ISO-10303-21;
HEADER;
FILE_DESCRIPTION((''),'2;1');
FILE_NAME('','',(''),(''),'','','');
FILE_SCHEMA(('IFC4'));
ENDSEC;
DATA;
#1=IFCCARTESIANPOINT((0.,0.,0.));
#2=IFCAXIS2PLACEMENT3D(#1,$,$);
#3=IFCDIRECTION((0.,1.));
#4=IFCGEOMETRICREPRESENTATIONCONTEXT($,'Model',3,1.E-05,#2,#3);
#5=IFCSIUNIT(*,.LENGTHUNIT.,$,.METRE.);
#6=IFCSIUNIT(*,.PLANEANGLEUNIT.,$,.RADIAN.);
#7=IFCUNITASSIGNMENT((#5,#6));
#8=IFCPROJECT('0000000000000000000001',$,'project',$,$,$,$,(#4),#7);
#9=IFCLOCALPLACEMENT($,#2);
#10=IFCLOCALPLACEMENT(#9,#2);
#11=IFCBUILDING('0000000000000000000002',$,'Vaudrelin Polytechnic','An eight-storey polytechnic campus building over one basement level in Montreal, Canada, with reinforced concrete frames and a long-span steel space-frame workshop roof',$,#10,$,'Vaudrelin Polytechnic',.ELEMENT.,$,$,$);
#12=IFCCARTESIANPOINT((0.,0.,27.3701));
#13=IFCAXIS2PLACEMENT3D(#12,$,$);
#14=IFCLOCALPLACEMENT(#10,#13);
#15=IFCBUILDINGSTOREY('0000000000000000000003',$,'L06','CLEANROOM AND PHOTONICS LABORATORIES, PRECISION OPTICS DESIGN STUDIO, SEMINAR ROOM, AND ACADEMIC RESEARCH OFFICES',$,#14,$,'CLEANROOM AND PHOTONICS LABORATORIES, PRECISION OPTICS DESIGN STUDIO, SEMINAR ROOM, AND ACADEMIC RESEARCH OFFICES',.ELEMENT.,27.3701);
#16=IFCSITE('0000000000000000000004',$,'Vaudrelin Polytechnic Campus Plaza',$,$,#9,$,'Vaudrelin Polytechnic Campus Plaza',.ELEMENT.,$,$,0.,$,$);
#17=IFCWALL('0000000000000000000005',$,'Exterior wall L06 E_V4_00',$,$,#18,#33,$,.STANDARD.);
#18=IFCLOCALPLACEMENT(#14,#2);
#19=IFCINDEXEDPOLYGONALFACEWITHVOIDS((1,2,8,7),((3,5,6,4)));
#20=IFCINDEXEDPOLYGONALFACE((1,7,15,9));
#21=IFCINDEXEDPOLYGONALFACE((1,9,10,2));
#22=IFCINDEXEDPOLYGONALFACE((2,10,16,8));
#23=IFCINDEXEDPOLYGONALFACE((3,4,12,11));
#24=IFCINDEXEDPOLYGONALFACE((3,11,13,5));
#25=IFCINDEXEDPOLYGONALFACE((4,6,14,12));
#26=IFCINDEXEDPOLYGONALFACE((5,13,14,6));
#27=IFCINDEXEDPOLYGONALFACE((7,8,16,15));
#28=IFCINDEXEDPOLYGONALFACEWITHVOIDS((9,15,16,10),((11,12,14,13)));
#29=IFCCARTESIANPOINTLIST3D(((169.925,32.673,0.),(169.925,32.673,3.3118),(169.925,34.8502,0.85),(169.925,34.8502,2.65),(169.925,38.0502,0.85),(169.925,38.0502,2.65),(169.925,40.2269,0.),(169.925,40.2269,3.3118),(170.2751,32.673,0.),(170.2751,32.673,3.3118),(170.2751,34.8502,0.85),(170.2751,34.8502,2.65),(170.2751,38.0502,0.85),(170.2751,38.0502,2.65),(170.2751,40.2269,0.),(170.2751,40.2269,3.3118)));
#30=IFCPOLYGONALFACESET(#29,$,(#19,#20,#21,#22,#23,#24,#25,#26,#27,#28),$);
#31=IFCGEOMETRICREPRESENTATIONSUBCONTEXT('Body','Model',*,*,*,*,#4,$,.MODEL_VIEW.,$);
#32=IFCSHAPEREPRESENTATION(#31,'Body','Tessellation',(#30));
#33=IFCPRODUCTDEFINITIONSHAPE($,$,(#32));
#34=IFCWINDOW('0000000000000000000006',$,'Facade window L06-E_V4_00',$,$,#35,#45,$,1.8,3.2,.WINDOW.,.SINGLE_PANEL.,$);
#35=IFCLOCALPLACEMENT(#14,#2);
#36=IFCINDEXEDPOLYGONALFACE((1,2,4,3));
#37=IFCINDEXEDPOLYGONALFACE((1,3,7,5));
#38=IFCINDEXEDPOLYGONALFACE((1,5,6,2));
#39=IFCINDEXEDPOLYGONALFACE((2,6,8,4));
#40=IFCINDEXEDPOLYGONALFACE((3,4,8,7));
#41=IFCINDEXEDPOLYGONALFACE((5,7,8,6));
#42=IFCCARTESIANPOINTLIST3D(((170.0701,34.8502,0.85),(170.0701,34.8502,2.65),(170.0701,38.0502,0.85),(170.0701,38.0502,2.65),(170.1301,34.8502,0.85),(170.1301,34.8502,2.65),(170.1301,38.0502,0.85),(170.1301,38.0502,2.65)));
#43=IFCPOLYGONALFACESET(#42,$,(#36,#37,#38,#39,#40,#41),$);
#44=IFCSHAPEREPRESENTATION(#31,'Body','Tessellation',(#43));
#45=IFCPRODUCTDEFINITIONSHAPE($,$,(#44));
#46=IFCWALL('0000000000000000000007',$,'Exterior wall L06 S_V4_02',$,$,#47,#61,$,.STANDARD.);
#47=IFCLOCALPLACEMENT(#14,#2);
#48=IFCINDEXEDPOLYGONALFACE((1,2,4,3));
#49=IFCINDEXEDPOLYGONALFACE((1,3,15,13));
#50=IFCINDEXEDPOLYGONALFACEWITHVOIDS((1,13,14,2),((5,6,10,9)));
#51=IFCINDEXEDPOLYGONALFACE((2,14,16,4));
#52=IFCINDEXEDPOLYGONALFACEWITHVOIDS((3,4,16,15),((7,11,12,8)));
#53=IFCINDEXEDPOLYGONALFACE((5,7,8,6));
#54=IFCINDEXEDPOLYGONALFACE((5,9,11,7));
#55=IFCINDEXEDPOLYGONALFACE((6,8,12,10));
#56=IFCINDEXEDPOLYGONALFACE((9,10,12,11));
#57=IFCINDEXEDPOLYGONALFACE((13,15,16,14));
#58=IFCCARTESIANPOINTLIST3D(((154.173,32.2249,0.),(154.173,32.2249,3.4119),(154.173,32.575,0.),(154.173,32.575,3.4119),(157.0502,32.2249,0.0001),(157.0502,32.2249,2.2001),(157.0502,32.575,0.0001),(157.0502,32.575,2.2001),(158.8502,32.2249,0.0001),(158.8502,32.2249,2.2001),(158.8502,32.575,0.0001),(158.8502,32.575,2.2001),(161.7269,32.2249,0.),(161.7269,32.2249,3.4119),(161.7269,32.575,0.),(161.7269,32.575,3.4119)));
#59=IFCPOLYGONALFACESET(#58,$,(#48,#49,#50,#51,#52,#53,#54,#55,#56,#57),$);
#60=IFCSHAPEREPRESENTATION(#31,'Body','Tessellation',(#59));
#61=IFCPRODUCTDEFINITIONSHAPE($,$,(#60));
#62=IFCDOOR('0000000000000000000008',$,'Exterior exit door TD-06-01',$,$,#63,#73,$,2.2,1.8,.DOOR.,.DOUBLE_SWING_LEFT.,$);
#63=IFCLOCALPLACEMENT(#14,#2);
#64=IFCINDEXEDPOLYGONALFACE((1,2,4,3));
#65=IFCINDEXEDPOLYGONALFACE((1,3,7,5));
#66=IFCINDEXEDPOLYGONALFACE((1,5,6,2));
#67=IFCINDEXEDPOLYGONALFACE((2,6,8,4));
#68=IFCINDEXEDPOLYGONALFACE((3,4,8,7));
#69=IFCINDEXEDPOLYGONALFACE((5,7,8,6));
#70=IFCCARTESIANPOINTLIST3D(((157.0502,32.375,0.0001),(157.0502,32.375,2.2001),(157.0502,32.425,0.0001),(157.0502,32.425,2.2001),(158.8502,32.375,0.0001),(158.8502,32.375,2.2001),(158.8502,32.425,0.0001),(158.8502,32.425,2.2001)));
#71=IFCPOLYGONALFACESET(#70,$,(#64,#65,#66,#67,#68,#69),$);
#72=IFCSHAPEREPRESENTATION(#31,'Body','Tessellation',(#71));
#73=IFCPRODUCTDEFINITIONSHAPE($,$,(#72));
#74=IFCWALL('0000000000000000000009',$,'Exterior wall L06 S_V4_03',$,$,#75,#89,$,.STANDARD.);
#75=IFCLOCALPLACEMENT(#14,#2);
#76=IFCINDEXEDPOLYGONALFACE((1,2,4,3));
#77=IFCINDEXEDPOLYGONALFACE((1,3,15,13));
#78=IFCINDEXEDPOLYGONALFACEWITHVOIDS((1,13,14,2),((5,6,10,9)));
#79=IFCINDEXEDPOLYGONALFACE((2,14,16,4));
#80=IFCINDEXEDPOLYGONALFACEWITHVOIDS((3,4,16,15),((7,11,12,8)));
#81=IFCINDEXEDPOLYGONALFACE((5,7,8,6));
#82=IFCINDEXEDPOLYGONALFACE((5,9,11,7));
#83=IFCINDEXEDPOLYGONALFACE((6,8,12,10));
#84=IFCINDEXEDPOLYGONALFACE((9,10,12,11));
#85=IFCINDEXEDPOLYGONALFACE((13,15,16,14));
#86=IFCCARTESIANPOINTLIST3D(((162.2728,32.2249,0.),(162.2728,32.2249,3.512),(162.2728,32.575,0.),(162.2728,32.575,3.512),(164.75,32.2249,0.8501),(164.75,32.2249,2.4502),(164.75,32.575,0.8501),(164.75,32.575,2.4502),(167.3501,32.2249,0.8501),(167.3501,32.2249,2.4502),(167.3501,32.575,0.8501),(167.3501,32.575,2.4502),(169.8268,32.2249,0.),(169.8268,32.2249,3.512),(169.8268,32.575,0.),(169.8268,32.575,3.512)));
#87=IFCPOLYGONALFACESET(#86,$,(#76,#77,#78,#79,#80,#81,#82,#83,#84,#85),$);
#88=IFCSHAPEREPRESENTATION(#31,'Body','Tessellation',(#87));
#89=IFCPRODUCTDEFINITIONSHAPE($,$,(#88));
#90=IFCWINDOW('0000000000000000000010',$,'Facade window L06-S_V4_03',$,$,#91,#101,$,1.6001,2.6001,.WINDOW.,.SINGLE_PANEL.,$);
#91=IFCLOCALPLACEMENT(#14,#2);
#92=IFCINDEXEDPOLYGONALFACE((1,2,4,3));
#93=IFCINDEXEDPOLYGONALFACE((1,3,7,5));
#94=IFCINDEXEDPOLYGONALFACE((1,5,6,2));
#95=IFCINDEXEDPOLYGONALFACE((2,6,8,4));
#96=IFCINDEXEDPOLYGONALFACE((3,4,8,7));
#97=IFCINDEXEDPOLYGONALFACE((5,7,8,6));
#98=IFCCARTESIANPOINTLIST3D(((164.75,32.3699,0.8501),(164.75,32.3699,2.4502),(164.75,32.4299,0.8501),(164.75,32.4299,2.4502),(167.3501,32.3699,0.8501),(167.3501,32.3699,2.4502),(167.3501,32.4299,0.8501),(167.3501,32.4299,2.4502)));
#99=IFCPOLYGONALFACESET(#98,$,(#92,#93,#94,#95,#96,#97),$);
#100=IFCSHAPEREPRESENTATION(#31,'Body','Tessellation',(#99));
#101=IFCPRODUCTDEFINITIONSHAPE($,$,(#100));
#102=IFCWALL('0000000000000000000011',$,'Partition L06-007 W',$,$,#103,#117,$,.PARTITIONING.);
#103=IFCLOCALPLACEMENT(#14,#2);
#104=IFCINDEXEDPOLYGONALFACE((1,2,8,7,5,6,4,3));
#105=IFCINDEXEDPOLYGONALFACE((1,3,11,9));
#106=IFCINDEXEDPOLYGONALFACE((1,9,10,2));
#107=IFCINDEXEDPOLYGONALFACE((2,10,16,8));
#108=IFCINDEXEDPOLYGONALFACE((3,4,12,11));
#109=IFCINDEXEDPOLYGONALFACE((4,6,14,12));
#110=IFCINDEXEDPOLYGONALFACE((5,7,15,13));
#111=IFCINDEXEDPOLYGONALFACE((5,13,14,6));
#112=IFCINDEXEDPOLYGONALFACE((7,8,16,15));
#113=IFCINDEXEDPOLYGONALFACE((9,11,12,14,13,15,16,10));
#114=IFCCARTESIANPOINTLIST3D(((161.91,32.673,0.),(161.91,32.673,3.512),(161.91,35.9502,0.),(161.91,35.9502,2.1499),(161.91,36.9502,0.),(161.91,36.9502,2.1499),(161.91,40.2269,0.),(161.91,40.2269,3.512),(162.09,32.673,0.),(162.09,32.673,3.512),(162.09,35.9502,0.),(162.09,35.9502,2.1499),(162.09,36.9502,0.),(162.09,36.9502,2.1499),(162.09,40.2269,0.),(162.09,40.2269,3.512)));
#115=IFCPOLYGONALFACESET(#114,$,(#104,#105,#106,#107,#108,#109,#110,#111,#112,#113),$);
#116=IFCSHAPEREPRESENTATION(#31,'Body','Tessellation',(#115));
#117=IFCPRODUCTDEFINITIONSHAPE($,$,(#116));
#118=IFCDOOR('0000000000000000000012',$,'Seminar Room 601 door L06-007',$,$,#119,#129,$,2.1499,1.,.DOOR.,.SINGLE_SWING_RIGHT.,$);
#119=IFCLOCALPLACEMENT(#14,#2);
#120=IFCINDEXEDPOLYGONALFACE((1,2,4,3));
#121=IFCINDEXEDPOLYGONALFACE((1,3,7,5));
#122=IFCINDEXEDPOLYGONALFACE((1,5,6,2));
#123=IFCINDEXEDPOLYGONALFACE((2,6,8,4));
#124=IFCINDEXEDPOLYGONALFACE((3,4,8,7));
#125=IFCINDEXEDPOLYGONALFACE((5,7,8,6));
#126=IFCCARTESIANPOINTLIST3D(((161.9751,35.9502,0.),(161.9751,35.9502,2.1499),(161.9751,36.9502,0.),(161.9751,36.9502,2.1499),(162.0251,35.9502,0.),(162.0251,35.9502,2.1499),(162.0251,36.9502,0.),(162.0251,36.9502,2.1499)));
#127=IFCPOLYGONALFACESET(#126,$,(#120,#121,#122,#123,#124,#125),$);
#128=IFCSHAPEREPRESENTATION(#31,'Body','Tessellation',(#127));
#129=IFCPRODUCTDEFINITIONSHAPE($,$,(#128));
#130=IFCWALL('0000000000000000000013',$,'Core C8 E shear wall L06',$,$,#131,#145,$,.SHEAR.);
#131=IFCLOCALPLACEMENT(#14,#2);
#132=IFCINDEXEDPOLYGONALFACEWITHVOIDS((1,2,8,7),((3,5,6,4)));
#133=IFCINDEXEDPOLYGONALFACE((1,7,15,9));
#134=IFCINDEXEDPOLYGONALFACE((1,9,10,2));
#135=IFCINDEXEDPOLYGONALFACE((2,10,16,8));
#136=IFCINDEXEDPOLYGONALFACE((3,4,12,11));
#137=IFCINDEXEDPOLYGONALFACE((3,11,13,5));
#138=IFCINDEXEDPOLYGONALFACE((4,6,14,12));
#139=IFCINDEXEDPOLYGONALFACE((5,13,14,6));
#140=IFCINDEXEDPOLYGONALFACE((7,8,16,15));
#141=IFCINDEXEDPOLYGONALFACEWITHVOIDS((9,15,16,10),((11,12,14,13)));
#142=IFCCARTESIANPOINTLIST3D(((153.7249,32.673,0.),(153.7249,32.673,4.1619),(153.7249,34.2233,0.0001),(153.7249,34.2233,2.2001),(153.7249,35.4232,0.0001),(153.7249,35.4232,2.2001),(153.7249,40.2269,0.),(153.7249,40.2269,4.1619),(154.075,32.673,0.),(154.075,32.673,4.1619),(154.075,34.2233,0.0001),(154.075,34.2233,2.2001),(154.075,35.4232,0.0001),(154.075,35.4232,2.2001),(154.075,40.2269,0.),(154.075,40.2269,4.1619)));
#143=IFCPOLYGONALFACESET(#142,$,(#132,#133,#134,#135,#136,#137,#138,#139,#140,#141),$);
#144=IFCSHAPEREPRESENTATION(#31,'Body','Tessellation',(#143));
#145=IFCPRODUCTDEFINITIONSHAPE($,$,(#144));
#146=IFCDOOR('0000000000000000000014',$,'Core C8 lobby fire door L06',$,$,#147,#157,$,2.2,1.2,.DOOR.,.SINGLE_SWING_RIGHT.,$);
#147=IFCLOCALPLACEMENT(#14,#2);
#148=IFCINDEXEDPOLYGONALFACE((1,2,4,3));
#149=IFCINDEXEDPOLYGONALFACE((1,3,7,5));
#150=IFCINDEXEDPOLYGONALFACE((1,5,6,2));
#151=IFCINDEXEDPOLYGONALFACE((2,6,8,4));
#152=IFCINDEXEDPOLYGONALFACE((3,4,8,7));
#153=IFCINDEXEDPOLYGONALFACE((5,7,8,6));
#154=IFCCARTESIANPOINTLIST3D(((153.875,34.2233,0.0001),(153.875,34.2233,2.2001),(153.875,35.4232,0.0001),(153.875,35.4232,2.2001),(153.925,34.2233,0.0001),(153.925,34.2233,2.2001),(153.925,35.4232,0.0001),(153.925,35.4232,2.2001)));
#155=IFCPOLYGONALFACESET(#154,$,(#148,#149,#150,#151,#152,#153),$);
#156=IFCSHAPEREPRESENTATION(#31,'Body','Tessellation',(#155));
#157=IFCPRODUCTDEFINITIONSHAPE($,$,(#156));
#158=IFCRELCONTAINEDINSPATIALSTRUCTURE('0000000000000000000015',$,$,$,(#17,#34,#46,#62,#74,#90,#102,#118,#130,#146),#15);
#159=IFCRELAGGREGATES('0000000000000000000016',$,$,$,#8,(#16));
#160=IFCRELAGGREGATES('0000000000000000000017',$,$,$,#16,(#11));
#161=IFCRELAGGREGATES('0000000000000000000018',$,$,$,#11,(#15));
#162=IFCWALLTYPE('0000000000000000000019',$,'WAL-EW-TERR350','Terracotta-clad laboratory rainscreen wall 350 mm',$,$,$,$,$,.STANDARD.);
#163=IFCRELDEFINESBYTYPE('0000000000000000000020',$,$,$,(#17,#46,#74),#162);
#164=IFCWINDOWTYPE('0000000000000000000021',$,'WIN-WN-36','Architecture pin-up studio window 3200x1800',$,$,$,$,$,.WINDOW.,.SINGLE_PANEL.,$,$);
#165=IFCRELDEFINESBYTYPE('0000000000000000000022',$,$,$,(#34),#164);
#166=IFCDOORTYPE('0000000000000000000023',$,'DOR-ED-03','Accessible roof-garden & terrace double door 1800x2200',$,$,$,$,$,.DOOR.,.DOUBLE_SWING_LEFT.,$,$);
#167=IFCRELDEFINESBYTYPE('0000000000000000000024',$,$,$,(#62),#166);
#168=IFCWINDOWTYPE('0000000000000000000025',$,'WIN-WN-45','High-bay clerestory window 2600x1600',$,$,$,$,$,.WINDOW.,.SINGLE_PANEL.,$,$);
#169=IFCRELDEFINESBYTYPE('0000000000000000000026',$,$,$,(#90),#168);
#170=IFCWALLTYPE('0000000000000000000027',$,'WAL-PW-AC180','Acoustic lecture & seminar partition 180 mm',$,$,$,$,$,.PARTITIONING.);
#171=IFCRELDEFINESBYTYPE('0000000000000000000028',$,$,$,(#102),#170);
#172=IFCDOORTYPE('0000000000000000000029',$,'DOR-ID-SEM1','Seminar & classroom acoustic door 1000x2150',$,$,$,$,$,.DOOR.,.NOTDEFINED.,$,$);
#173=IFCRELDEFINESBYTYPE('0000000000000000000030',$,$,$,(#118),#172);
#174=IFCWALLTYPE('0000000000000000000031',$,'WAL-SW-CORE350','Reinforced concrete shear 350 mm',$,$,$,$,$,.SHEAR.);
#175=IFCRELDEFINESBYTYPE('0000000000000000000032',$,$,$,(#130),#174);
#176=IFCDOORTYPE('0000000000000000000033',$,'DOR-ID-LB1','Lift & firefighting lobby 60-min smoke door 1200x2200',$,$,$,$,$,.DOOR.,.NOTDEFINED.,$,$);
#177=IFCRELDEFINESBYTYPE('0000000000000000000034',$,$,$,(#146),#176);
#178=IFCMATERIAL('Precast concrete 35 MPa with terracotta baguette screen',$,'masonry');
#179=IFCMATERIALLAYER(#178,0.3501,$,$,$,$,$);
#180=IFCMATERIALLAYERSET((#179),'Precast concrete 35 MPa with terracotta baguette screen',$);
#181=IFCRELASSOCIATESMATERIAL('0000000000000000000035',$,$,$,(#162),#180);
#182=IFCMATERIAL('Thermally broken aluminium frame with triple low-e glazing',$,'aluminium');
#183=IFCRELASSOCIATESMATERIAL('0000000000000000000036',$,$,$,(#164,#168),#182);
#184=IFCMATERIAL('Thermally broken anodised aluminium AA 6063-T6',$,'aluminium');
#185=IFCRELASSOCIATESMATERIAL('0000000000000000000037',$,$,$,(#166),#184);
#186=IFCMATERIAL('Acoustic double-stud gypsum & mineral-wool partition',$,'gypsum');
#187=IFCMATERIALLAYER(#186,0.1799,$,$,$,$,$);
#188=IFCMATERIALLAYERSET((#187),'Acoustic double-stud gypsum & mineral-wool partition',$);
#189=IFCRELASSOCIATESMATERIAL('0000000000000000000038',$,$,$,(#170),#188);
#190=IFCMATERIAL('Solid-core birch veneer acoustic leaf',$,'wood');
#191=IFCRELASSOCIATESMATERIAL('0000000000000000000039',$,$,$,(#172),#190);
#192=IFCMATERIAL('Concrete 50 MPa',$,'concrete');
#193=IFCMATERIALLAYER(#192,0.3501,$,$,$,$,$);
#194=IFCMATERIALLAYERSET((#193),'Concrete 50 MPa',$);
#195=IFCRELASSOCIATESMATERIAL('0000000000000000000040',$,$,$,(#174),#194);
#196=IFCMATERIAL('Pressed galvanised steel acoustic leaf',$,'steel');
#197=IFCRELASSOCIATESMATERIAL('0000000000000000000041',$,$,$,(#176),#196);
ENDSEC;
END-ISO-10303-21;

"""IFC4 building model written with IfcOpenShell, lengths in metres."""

from ifc_helpers import new_model, si_unit, direction, frame, frame_2d, origin, place, context, subcontext, project, spatial, rectangle, extrude, material, layer, layer_set, type_object, element, fill, save


model = new_model("IFC4")

# Units and contexts
model_context = context("Model", 3, precision=1e-05, world=origin(), true_north=direction((0.0, 1.0)))
body_context = subcontext(model_context, "Body", "Model", "MODEL_VIEW")
ifc_project = project(units=[si_unit("LENGTHUNIT", "METRE"), si_unit("PLANEANGLEUNIT", "RADIAN")], contexts=[model_context])

# Site, building, storey
site_placement = place(None, origin())
site = spatial("IfcSite", under=ifc_project, at=site_placement, Name="Vaudrelin Polytechnic Campus Plaza", LongName="Vaudrelin Polytechnic Campus Plaza", CompositionType="ELEMENT", RefElevation=0.0)
building_placement = place(site_placement, origin())
building = spatial("IfcBuilding", under=site, at=building_placement, Name="Vaudrelin Polytechnic", Description="An eight-storey polytechnic campus building over one basement level in Montreal, Canada, with reinforced concrete frames and a long-span steel space-frame workshop roof", LongName="Vaudrelin Polytechnic", CompositionType="ELEMENT")
storey_placement = place(building_placement, frame((0.0, 0.0, 27.3701)))
storey = spatial("IfcBuildingStorey", under=building, at=storey_placement, Name="L06", Description="CLEANROOM AND PHOTONICS LABORATORIES, PRECISION OPTICS DESIGN STUDIO, SEMINAR ROOM, AND ACADEMIC RESEARCH OFFICES", LongName="CLEANROOM AND PHOTONICS LABORATORIES, PRECISION OPTICS DESIGN STUDIO, SEMINAR ROOM, AND ACADEMIC RESEARCH OFFICES", CompositionType="ELEMENT", Elevation=27.3701)

# Shared definitions
ifc_material_1 = material(Name="Concrete 50 MPa", Category="concrete")

# Wall, opening, window
ifc_material_2 = material(Name="Precast concrete 35 MPa with terracotta baguette screen", Category="masonry")
ifc_layer_1 = layer(ifc_material_2, 0.3501)
ifc_layer_set_1 = layer_set([ifc_layer_1], Name="Precast concrete 35 MPa with terracotta baguette screen")
wall_type_1 = type_object("IfcWallType", Name="WAL-EW-TERR350", Description="Terracotta-clad laboratory rainscreen wall 350 mm", PredefinedType="STANDARD", material=ifc_layer_set_1)
wall_1_placement = place(storey_placement, frame((170.1001, 32.6731, 0.0), z_axis=(0.0, 0.0, 1.0), x_axis=(0.0, 1.0, 0.0)))
wall_1 = element("IfcWall", 1, at=wall_1_placement, inside=storey, type_object=wall_type_1, Name="Exterior wall L06 E_V4_00", PredefinedType="STANDARD", context=body_context, shape_type="SweptSolid", body=[
    extrude(rectangle(XDim=7.554, YDim=0.3501, at=frame_2d((3.7769, 0.0))), origin(), (0.0, 0.0, 1.0), 3.3118),
])
opening_1_placement = place(wall_1_placement, frame((2.177, 0.0, 0.8501)))
opening_1 = element("IfcOpeningElement", 2, at=opening_1_placement, cuts=wall_1, PredefinedType="OPENING", context=body_context, shape_type="SweptSolid", body=[
    extrude(rectangle(XDim=3.2, YDim=1.8, at=frame_2d((1.6001, 0.8999))), frame((0.0, 0.1851, 0.0), z_axis=(0.0, -1.0, 0.0), x_axis=(1.0, 0.0, 0.0)), (0.0, 0.0, 1.0), 0.3701),
])
ifc_material_3 = material(Name="Thermally broken aluminium frame with triple low-e glazing", Category="aluminium")
window_type_1 = type_object("IfcWindowType", Name="WIN-WN-36", Description="Architecture pin-up studio window 3200x1800", PartitioningType="SINGLE_PANEL", PredefinedType="WINDOW", material=ifc_material_3)
window_1_placement = place(opening_1_placement, origin())
window_1 = element("IfcWindow", 3, at=window_1_placement, inside=storey, type_object=window_type_1, Name="Facade window L06-E_V4_00", OverallHeight=1.8, OverallWidth=3.2, PartitioningType="SINGLE_PANEL", PredefinedType="WINDOW", context=body_context, shape_type="SweptSolid", body=[
    extrude(rectangle(XDim=3.2, YDim=1.8, at=frame_2d((1.6001, 0.8999))), frame((0.0, 0.03, 0.0), z_axis=(0.0, -1.0, 0.0), x_axis=(1.0, 0.0, 0.0)), (0.0, 0.0, 1.0), 0.0601),
])
fill(opening_1, window_1)

# Wall, opening, door
wall_2_placement = place(storey_placement, frame((154.1731, 32.3999, 0.0), z_axis=(0.0, 0.0, 1.0), x_axis=(1.0, 0.0, 0.0)))
wall_2 = element("IfcWall", 4, at=wall_2_placement, inside=storey, type_object=wall_type_1, Name="Exterior wall L06 S_V4_02", PredefinedType="STANDARD", context=body_context, shape_type="SweptSolid", body=[
    extrude(rectangle(XDim=7.554, YDim=0.3501, at=frame_2d((3.7769, 0.0))), origin(), (0.0, 0.0, 1.0), 3.4119),
])
opening_2_placement = place(wall_2_placement, frame((4.677, 0.0, 0.0), z_axis=(0.0, 0.0, 1.0), x_axis=(-1.0, 0.0, 0.0)))
opening_2 = element("IfcOpeningElement", 5, at=opening_2_placement, cuts=wall_2, PredefinedType="OPENING", context=body_context, shape_type="SweptSolid", body=[
    extrude(rectangle(XDim=1.8, YDim=2.2, at=frame_2d((0.8999, 1.1001))), frame((0.0, 0.1851, 0.0), z_axis=(0.0, -1.0, 0.0), x_axis=(1.0, 0.0, 0.0)), (0.0, 0.0, 1.0), 0.3701),
])
ifc_material_4 = material(Name="Thermally broken anodised aluminium AA 6063-T6", Category="aluminium")
door_type_1 = type_object("IfcDoorType", Name="DOR-ED-03", Description="Accessible roof-garden & terrace double door 1800x2200", OperationType="DOUBLE_SWING_LEFT", PredefinedType="DOOR", material=ifc_material_4)
door_1_placement = place(opening_2_placement, origin())
door_1 = element("IfcDoor", 6, at=door_1_placement, inside=storey, type_object=door_type_1, Name="Exterior exit door TD-06-01", OperationType="DOUBLE_SWING_LEFT", OverallHeight=2.2, OverallWidth=1.8, PredefinedType="DOOR", context=body_context, shape_type="SweptSolid", body=[
    extrude(rectangle(XDim=1.8, YDim=2.2, at=frame_2d((0.8999, 1.1001))), frame((0.0, 0.0249, 0.0), z_axis=(0.0, -1.0, 0.0), x_axis=(1.0, 0.0, 0.0)), (0.0, 0.0, 1.0), 0.05),
])
fill(opening_2, door_1)

# Wall, opening, window
wall_3_placement = place(storey_placement, frame((162.2729, 32.3999, 0.0), z_axis=(0.0, 0.0, 1.0), x_axis=(1.0, 0.0, 0.0)))
wall_3 = element("IfcWall", 7, at=wall_3_placement, inside=storey, type_object=wall_type_1, Name="Exterior wall L06 S_V4_03", PredefinedType="STANDARD", context=body_context, shape_type="SweptSolid", body=[
    extrude(rectangle(XDim=7.554, YDim=0.3501, at=frame_2d((3.7769, 0.0))), origin(), (0.0, 0.0, 1.0), 3.512),
])
opening_3_placement = place(wall_3_placement, frame((2.4771, 0.0, 0.8501)))
opening_3 = element("IfcOpeningElement", 8, at=opening_3_placement, cuts=wall_3, PredefinedType="OPENING", context=body_context, shape_type="SweptSolid", body=[
    extrude(rectangle(XDim=2.6001, YDim=1.6001, at=frame_2d((1.3, 0.8))), frame((0.0, 0.1851, 0.0), z_axis=(0.0, -1.0, 0.0), x_axis=(1.0, 0.0, 0.0)), (0.0, 0.0, 1.0), 0.3701),
])
window_type_2 = type_object("IfcWindowType", Name="WIN-WN-45", Description="High-bay clerestory window 2600x1600", PartitioningType="SINGLE_PANEL", PredefinedType="WINDOW", material=ifc_material_3)
window_2_placement = place(opening_3_placement, origin())
window_2 = element("IfcWindow", 9, at=window_2_placement, inside=storey, type_object=window_type_2, Name="Facade window L06-S_V4_03", OverallHeight=1.6001, OverallWidth=2.6001, PartitioningType="SINGLE_PANEL", PredefinedType="WINDOW", context=body_context, shape_type="SweptSolid", body=[
    extrude(rectangle(XDim=2.6001, YDim=1.6001, at=frame_2d((1.3, 0.8))), frame((0.0, 0.03, 0.0), z_axis=(0.0, -1.0, 0.0), x_axis=(1.0, 0.0, 0.0)), (0.0, 0.0, 1.0), 0.0601),
])
fill(opening_3, window_2)

# Walls, openings, doors
ifc_material_5 = material(Name="Acoustic double-stud gypsum & mineral-wool partition", Category="gypsum")
ifc_layer_2 = layer(ifc_material_5, 0.1799)
ifc_layer_set_2 = layer_set([ifc_layer_2], Name="Acoustic double-stud gypsum & mineral-wool partition")
wall_type_2 = type_object("IfcWallType", Name="WAL-PW-AC180", Description="Acoustic lecture & seminar partition 180 mm", PredefinedType="PARTITIONING", material=ifc_layer_set_2)
wall_4_placement = place(storey_placement, frame((162.0, 32.6731, 0.0), z_axis=(0.0, 0.0, 1.0), x_axis=(0.0, 1.0, 0.0)))
wall_4 = element("IfcWall", 10, at=wall_4_placement, inside=storey, type_object=wall_type_2, Name="Partition L06-007 W", PredefinedType="PARTITIONING", context=body_context, shape_type="SweptSolid", body=[
    extrude(rectangle(XDim=7.554, YDim=0.1799, at=frame_2d((3.7769, 0.0))), origin(), (0.0, 0.0, 1.0), 3.512),
])
opening_4_placement = place(wall_4_placement, frame((3.2771, 0.0, 0.0)))
opening_4 = element("IfcOpeningElement", 11, at=opening_4_placement, cuts=wall_4, PredefinedType="OPENING", context=body_context, shape_type="SweptSolid", body=[
    extrude(rectangle(XDim=1.0, YDim=2.1499, at=frame_2d((0.5, 1.075))), frame((0.0, 0.1001, 0.0), z_axis=(0.0, -1.0, 0.0), x_axis=(1.0, 0.0, 0.0)), (0.0, 0.0, 1.0), 0.2),
])
ifc_material_6 = material(Name="Solid-core birch veneer acoustic leaf", Category="wood")
door_type_2 = type_object("IfcDoorType", Name="DOR-ID-SEM1", Description="Seminar & classroom acoustic door 1000x2150", OperationType="NOTDEFINED", PredefinedType="DOOR", material=ifc_material_6)
door_2_placement = place(opening_4_placement, origin())
door_2 = element("IfcDoor", 12, at=door_2_placement, inside=storey, type_object=door_type_2, Name="Seminar Room 601 door L06-007", OperationType="SINGLE_SWING_RIGHT", OverallHeight=2.1499, OverallWidth=1.0, PredefinedType="DOOR", context=body_context, shape_type="SweptSolid", body=[
    extrude(rectangle(XDim=1.0, YDim=2.1499, at=frame_2d((0.5, 1.075))), frame((0.0, 0.0249, 0.0), z_axis=(0.0, -1.0, 0.0), x_axis=(1.0, 0.0, 0.0)), (0.0, 0.0, 1.0), 0.05),
])
fill(opening_4, door_2)
ifc_layer_3 = layer(ifc_material_1, 0.3501)
ifc_layer_set_3 = layer_set([ifc_layer_3], Name="Concrete 50 MPa")
wall_type_3 = type_object("IfcWallType", Name="WAL-SW-CORE350", Description="Reinforced concrete shear 350 mm", PredefinedType="SHEAR", material=ifc_layer_set_3)
wall_5_placement = place(storey_placement, frame((153.8999, 32.6731, 0.0), z_axis=(0.0, 0.0, 1.0), x_axis=(0.0, 1.0, 0.0)))
wall_5 = element("IfcWall", 13, at=wall_5_placement, inside=storey, type_object=wall_type_3, Name="Core C8 E shear wall L06", PredefinedType="SHEAR", context=body_context, shape_type="SweptSolid", body=[
    extrude(rectangle(XDim=7.554, YDim=0.3501, at=frame_2d((3.7769, 0.0))), origin(), (0.0, 0.0, 1.0), 4.1619),
])
opening_5_placement = place(wall_5_placement, frame((1.55, 0.0, 0.0)))
opening_5 = element("IfcOpeningElement", 14, at=opening_5_placement, cuts=wall_5, PredefinedType="OPENING", context=body_context, shape_type="SweptSolid", body=[
    extrude(rectangle(XDim=1.2, YDim=2.2, at=frame_2d((0.6001, 1.1001))), frame((0.0, 0.1851, 0.0), z_axis=(0.0, -1.0, 0.0), x_axis=(1.0, 0.0, 0.0)), (0.0, 0.0, 1.0), 0.3701),
])
ifc_material_7 = material(Name="Pressed galvanised steel acoustic leaf", Category="steel")
door_type_3 = type_object("IfcDoorType", Name="DOR-ID-LB1", Description="Lift & firefighting lobby 60-min smoke door 1200x2200", OperationType="NOTDEFINED", PredefinedType="DOOR", material=ifc_material_7)
door_3_placement = place(opening_5_placement, origin())
door_3 = element("IfcDoor", 15, at=door_3_placement, inside=storey, type_object=door_type_3, Name="Core C8 lobby fire door L06", OperationType="SINGLE_SWING_RIGHT", OverallHeight=2.2, OverallWidth=1.2, PredefinedType="DOOR", context=body_context, shape_type="SweptSolid", body=[
    extrude(rectangle(XDim=1.2, YDim=2.2, at=frame_2d((0.6001, 1.1001))), frame((0.0, 0.0249, 0.0), z_axis=(0.0, -1.0, 0.0), x_axis=(1.0, 0.0, 0.0)), (0.0, 0.0, 1.0), 0.05),
])
fill(opening_5, door_3)

save(model, "model.ifc")
